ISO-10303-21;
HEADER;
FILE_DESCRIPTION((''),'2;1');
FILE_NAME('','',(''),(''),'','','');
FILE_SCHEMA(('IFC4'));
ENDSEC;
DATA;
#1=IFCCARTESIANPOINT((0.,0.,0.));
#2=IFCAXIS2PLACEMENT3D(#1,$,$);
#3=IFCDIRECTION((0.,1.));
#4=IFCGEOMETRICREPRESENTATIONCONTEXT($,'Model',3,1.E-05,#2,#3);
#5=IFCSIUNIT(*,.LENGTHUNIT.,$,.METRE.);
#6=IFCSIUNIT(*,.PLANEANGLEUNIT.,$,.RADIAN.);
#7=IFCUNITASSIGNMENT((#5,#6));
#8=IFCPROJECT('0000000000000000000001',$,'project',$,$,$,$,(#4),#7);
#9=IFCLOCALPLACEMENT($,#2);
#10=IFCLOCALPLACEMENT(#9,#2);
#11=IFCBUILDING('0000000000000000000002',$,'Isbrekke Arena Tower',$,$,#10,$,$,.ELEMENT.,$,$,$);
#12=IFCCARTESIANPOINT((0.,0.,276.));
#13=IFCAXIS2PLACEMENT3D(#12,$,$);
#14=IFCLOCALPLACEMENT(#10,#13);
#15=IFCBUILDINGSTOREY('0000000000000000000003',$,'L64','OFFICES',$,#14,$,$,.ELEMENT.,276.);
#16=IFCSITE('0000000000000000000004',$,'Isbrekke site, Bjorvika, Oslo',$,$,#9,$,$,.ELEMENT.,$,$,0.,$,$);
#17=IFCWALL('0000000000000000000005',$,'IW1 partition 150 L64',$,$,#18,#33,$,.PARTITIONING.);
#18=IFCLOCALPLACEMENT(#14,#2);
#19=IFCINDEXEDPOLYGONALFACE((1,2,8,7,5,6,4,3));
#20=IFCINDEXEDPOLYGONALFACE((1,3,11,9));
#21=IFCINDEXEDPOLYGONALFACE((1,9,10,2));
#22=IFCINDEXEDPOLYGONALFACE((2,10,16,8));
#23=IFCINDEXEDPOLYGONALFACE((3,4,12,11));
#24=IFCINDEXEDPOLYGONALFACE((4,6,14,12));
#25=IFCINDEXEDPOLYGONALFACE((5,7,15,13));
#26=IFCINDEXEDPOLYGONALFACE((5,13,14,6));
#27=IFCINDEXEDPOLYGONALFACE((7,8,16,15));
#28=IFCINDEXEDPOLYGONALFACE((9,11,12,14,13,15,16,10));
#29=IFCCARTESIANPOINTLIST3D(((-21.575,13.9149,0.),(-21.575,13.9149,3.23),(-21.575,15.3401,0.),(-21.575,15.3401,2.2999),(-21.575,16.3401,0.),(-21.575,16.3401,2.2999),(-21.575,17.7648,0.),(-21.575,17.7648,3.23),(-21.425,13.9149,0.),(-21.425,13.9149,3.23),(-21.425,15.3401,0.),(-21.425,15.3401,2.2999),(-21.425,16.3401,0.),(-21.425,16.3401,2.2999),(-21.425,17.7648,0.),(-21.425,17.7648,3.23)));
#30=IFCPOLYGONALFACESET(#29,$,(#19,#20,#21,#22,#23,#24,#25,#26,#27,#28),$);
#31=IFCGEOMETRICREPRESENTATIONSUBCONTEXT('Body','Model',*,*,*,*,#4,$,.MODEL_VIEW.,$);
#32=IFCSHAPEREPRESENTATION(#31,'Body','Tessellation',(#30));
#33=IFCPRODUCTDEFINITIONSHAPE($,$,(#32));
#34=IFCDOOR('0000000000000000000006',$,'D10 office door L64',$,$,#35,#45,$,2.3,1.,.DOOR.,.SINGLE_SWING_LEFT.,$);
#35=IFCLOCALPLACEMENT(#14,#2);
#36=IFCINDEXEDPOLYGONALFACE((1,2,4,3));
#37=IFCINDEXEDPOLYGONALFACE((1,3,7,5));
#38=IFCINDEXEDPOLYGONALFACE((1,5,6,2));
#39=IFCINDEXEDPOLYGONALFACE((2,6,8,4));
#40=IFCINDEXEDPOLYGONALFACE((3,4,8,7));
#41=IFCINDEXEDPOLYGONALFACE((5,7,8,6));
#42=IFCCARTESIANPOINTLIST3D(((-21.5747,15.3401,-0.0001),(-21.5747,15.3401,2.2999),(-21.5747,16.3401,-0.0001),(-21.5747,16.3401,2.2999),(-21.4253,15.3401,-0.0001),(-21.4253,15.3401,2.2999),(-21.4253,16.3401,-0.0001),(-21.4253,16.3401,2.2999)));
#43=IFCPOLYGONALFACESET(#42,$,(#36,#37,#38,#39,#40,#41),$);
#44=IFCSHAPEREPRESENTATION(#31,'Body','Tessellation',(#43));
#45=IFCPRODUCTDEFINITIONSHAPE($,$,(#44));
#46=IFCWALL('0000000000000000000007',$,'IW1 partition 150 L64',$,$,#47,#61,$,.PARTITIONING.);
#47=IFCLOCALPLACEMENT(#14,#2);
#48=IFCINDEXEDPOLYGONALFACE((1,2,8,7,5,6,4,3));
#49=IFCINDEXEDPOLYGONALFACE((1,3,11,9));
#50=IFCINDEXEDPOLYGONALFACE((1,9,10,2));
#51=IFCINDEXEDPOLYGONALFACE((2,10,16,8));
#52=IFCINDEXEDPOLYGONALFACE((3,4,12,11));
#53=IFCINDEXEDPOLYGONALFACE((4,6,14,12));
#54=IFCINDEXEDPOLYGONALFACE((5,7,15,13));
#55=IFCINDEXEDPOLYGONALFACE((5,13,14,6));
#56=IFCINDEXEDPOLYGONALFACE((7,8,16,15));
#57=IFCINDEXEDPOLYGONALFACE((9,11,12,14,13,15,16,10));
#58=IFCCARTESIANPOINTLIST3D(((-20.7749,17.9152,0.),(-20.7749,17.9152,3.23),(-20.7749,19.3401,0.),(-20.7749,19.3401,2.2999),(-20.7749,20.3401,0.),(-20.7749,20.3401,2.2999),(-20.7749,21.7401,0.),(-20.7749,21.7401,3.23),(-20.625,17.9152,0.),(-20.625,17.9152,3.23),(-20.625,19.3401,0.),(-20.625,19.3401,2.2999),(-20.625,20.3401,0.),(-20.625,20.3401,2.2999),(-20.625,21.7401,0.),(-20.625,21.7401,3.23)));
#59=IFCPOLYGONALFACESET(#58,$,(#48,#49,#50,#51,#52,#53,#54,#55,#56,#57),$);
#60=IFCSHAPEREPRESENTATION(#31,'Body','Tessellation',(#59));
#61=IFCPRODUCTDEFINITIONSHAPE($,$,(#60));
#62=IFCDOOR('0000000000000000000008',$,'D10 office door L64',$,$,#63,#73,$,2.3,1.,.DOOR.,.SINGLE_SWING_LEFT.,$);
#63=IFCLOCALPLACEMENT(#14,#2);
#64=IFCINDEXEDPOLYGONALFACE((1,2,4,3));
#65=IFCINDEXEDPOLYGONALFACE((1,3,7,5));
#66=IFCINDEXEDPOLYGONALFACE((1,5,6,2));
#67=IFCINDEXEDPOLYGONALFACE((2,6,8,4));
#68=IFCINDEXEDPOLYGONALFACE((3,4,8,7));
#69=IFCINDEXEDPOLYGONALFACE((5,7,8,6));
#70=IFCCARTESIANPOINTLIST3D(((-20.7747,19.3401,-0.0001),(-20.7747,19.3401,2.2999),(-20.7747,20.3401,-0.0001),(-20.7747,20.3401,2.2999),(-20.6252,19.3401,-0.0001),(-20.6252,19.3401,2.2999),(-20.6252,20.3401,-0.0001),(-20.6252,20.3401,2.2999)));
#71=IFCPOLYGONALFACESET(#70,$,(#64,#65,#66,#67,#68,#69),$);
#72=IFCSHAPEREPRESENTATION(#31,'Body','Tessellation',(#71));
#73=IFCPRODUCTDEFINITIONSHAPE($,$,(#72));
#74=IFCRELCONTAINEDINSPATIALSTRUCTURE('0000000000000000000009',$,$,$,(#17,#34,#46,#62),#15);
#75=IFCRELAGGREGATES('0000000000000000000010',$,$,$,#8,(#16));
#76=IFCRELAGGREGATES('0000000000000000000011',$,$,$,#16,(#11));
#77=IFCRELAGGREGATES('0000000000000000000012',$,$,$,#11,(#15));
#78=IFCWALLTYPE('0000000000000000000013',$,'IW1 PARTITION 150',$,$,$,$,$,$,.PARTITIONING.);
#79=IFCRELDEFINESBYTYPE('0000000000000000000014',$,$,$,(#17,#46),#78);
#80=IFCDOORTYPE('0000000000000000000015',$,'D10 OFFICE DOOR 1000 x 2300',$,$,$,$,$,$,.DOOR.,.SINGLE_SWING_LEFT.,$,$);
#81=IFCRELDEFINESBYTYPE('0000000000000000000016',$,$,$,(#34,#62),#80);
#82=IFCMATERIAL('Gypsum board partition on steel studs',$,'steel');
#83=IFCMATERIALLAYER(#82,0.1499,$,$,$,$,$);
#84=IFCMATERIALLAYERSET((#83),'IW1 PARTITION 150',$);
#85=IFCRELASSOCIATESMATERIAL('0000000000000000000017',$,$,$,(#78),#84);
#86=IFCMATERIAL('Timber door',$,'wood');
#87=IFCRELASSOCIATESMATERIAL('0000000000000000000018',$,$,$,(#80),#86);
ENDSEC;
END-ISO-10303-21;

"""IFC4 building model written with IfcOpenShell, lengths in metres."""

from ifc_helpers import new_model, si_unit, direction, frame, frame_2d, origin, place, context, subcontext, project, spatial, rectangle, extrude, material, layer, layer_set, type_object, element, fill, save


model = new_model("IFC4")

# Units and contexts
model_context = context("Model", 3, precision=1e-05, world=origin(), true_north=direction((0.0, 1.0)))
body_context = subcontext(model_context, "Body", "Model", "MODEL_VIEW")
ifc_project = project(units=[si_unit("LENGTHUNIT", "METRE"), si_unit("PLANEANGLEUNIT", "RADIAN")], contexts=[model_context])

# Site, building, storey
site_placement = place(None, origin())
site = spatial("IfcSite", under=ifc_project, at=site_placement, Name="Isbrekke site, Bjorvika, Oslo", CompositionType="ELEMENT", RefElevation=0.0)
building_placement = place(site_placement, origin())
building = spatial("IfcBuilding", under=site, at=building_placement, Name="Isbrekke Arena Tower", CompositionType="ELEMENT")
storey_placement = place(building_placement, frame((0.0, 0.0, 276.0)))
storey = spatial("IfcBuildingStorey", under=building, at=storey_placement, Name="L64", Description="OFFICES", CompositionType="ELEMENT", Elevation=276.0)

# Shared definitions
ifc_material_1 = material(Name="Gypsum board partition on steel studs", Category="steel")
ifc_layer_1 = layer(ifc_material_1, 0.1499)
ifc_layer_set_1 = layer_set([ifc_layer_1], Name="IW1 PARTITION 150")
wall_type = type_object("IfcWallType", Name="IW1 PARTITION 150", PredefinedType="PARTITIONING", material=ifc_layer_set_1)

# Walls, openings, doors
ifc_material_2 = material(Name="Timber door", Category="wood")
door_type = type_object("IfcDoorType", Name="D10 OFFICE DOOR 1000 x 2300", OperationType="SINGLE_SWING_LEFT", PredefinedType="DOOR", material=ifc_material_2)
wall_1_placement = place(storey_placement, frame((-21.5, 13.915, 0.0), z_axis=(0.0, 0.0, 1.0), x_axis=(0.0, 1.0, 0.0)))
wall_1 = element("IfcWall", 1, at=wall_1_placement, inside=storey, type_object=wall_type, Name="IW1 partition 150 L64", PredefinedType="PARTITIONING", context=body_context, shape_type="SweptSolid", body=[
    extrude(rectangle(XDim=3.8499, YDim=0.1499, at=frame_2d((1.9248, 0.0))), origin(), (0.0, 0.0, 1.0), 3.23),
])
opening_1_placement = place(wall_1_placement, frame((1.425, 0.0, 0.0)))
opening_1 = element("IfcOpeningElement", 2, at=opening_1_placement, cuts=wall_1, PredefinedType="OPENING", context=body_context, shape_type="SweptSolid", body=[
    extrude(rectangle(XDim=1.0, YDim=2.3, at=frame_2d((0.5, 1.1499))), frame((0.0, 0.0898, 0.0), z_axis=(0.0, -1.0, 0.0), x_axis=(1.0, 0.0, 0.0)), (0.0, 0.0, 1.0), 0.1797),
])
door_1_placement = place(opening_1_placement, origin())
door_1 = element("IfcDoor", 3, at=door_1_placement, inside=storey, type_object=door_type, Name="D10 office door L64", OperationType="SINGLE_SWING_LEFT", OverallHeight=2.3, OverallWidth=1.0, PredefinedType="DOOR", context=body_context, shape_type="SweptSolid", body=[
    extrude(rectangle(XDim=1.0, YDim=2.3, at=frame_2d((0.5, 1.1499))), frame((0.0, 0.0747, 0.0), z_axis=(0.0, -1.0, 0.0), x_axis=(1.0, 0.0, 0.0)), (0.0, 0.0, 1.0), 0.1494),
])
fill(opening_1, door_1)
wall_2_placement = place(storey_placement, frame((-20.7, 17.915, 0.0), z_axis=(0.0, 0.0, 1.0), x_axis=(0.0, 1.0, 0.0)))
wall_2 = element("IfcWall", 4, at=wall_2_placement, inside=storey, type_object=wall_type, Name="IW1 partition 150 L64", PredefinedType="PARTITIONING", context=body_context, shape_type="SweptSolid", body=[
    extrude(rectangle(XDim=3.825, YDim=0.1499, at=frame_2d((1.9126, 0.0))), origin(), (0.0, 0.0, 1.0), 3.23),
])
opening_2_placement = place(wall_2_placement, frame((1.425, 0.0, 0.0)))
opening_2 = element("IfcOpeningElement", 5, at=opening_2_placement, cuts=wall_2, PredefinedType="OPENING", context=body_context, shape_type="SweptSolid", body=[
    extrude(rectangle(XDim=1.0, YDim=2.3, at=frame_2d((0.5, 1.1499))), frame((0.0, 0.0898, 0.0), z_axis=(0.0, -1.0, 0.0), x_axis=(1.0, 0.0, 0.0)), (0.0, 0.0, 1.0), 0.1797),
])
door_2_placement = place(opening_2_placement, origin())
door_2 = element("IfcDoor", 6, at=door_2_placement, inside=storey, type_object=door_type, Name="D10 office door L64", OperationType="SINGLE_SWING_LEFT", OverallHeight=2.3, OverallWidth=1.0, PredefinedType="DOOR", context=body_context, shape_type="SweptSolid", body=[
    extrude(rectangle(XDim=1.0, YDim=2.3, at=frame_2d((0.5, 1.1499))), frame((0.0, 0.0747, 0.0), z_axis=(0.0, -1.0, 0.0), x_axis=(1.0, 0.0, 0.0)), (0.0, 0.0, 1.0), 0.1494),
])
fill(opening_2, door_2)

save(model, "model.ifc")
